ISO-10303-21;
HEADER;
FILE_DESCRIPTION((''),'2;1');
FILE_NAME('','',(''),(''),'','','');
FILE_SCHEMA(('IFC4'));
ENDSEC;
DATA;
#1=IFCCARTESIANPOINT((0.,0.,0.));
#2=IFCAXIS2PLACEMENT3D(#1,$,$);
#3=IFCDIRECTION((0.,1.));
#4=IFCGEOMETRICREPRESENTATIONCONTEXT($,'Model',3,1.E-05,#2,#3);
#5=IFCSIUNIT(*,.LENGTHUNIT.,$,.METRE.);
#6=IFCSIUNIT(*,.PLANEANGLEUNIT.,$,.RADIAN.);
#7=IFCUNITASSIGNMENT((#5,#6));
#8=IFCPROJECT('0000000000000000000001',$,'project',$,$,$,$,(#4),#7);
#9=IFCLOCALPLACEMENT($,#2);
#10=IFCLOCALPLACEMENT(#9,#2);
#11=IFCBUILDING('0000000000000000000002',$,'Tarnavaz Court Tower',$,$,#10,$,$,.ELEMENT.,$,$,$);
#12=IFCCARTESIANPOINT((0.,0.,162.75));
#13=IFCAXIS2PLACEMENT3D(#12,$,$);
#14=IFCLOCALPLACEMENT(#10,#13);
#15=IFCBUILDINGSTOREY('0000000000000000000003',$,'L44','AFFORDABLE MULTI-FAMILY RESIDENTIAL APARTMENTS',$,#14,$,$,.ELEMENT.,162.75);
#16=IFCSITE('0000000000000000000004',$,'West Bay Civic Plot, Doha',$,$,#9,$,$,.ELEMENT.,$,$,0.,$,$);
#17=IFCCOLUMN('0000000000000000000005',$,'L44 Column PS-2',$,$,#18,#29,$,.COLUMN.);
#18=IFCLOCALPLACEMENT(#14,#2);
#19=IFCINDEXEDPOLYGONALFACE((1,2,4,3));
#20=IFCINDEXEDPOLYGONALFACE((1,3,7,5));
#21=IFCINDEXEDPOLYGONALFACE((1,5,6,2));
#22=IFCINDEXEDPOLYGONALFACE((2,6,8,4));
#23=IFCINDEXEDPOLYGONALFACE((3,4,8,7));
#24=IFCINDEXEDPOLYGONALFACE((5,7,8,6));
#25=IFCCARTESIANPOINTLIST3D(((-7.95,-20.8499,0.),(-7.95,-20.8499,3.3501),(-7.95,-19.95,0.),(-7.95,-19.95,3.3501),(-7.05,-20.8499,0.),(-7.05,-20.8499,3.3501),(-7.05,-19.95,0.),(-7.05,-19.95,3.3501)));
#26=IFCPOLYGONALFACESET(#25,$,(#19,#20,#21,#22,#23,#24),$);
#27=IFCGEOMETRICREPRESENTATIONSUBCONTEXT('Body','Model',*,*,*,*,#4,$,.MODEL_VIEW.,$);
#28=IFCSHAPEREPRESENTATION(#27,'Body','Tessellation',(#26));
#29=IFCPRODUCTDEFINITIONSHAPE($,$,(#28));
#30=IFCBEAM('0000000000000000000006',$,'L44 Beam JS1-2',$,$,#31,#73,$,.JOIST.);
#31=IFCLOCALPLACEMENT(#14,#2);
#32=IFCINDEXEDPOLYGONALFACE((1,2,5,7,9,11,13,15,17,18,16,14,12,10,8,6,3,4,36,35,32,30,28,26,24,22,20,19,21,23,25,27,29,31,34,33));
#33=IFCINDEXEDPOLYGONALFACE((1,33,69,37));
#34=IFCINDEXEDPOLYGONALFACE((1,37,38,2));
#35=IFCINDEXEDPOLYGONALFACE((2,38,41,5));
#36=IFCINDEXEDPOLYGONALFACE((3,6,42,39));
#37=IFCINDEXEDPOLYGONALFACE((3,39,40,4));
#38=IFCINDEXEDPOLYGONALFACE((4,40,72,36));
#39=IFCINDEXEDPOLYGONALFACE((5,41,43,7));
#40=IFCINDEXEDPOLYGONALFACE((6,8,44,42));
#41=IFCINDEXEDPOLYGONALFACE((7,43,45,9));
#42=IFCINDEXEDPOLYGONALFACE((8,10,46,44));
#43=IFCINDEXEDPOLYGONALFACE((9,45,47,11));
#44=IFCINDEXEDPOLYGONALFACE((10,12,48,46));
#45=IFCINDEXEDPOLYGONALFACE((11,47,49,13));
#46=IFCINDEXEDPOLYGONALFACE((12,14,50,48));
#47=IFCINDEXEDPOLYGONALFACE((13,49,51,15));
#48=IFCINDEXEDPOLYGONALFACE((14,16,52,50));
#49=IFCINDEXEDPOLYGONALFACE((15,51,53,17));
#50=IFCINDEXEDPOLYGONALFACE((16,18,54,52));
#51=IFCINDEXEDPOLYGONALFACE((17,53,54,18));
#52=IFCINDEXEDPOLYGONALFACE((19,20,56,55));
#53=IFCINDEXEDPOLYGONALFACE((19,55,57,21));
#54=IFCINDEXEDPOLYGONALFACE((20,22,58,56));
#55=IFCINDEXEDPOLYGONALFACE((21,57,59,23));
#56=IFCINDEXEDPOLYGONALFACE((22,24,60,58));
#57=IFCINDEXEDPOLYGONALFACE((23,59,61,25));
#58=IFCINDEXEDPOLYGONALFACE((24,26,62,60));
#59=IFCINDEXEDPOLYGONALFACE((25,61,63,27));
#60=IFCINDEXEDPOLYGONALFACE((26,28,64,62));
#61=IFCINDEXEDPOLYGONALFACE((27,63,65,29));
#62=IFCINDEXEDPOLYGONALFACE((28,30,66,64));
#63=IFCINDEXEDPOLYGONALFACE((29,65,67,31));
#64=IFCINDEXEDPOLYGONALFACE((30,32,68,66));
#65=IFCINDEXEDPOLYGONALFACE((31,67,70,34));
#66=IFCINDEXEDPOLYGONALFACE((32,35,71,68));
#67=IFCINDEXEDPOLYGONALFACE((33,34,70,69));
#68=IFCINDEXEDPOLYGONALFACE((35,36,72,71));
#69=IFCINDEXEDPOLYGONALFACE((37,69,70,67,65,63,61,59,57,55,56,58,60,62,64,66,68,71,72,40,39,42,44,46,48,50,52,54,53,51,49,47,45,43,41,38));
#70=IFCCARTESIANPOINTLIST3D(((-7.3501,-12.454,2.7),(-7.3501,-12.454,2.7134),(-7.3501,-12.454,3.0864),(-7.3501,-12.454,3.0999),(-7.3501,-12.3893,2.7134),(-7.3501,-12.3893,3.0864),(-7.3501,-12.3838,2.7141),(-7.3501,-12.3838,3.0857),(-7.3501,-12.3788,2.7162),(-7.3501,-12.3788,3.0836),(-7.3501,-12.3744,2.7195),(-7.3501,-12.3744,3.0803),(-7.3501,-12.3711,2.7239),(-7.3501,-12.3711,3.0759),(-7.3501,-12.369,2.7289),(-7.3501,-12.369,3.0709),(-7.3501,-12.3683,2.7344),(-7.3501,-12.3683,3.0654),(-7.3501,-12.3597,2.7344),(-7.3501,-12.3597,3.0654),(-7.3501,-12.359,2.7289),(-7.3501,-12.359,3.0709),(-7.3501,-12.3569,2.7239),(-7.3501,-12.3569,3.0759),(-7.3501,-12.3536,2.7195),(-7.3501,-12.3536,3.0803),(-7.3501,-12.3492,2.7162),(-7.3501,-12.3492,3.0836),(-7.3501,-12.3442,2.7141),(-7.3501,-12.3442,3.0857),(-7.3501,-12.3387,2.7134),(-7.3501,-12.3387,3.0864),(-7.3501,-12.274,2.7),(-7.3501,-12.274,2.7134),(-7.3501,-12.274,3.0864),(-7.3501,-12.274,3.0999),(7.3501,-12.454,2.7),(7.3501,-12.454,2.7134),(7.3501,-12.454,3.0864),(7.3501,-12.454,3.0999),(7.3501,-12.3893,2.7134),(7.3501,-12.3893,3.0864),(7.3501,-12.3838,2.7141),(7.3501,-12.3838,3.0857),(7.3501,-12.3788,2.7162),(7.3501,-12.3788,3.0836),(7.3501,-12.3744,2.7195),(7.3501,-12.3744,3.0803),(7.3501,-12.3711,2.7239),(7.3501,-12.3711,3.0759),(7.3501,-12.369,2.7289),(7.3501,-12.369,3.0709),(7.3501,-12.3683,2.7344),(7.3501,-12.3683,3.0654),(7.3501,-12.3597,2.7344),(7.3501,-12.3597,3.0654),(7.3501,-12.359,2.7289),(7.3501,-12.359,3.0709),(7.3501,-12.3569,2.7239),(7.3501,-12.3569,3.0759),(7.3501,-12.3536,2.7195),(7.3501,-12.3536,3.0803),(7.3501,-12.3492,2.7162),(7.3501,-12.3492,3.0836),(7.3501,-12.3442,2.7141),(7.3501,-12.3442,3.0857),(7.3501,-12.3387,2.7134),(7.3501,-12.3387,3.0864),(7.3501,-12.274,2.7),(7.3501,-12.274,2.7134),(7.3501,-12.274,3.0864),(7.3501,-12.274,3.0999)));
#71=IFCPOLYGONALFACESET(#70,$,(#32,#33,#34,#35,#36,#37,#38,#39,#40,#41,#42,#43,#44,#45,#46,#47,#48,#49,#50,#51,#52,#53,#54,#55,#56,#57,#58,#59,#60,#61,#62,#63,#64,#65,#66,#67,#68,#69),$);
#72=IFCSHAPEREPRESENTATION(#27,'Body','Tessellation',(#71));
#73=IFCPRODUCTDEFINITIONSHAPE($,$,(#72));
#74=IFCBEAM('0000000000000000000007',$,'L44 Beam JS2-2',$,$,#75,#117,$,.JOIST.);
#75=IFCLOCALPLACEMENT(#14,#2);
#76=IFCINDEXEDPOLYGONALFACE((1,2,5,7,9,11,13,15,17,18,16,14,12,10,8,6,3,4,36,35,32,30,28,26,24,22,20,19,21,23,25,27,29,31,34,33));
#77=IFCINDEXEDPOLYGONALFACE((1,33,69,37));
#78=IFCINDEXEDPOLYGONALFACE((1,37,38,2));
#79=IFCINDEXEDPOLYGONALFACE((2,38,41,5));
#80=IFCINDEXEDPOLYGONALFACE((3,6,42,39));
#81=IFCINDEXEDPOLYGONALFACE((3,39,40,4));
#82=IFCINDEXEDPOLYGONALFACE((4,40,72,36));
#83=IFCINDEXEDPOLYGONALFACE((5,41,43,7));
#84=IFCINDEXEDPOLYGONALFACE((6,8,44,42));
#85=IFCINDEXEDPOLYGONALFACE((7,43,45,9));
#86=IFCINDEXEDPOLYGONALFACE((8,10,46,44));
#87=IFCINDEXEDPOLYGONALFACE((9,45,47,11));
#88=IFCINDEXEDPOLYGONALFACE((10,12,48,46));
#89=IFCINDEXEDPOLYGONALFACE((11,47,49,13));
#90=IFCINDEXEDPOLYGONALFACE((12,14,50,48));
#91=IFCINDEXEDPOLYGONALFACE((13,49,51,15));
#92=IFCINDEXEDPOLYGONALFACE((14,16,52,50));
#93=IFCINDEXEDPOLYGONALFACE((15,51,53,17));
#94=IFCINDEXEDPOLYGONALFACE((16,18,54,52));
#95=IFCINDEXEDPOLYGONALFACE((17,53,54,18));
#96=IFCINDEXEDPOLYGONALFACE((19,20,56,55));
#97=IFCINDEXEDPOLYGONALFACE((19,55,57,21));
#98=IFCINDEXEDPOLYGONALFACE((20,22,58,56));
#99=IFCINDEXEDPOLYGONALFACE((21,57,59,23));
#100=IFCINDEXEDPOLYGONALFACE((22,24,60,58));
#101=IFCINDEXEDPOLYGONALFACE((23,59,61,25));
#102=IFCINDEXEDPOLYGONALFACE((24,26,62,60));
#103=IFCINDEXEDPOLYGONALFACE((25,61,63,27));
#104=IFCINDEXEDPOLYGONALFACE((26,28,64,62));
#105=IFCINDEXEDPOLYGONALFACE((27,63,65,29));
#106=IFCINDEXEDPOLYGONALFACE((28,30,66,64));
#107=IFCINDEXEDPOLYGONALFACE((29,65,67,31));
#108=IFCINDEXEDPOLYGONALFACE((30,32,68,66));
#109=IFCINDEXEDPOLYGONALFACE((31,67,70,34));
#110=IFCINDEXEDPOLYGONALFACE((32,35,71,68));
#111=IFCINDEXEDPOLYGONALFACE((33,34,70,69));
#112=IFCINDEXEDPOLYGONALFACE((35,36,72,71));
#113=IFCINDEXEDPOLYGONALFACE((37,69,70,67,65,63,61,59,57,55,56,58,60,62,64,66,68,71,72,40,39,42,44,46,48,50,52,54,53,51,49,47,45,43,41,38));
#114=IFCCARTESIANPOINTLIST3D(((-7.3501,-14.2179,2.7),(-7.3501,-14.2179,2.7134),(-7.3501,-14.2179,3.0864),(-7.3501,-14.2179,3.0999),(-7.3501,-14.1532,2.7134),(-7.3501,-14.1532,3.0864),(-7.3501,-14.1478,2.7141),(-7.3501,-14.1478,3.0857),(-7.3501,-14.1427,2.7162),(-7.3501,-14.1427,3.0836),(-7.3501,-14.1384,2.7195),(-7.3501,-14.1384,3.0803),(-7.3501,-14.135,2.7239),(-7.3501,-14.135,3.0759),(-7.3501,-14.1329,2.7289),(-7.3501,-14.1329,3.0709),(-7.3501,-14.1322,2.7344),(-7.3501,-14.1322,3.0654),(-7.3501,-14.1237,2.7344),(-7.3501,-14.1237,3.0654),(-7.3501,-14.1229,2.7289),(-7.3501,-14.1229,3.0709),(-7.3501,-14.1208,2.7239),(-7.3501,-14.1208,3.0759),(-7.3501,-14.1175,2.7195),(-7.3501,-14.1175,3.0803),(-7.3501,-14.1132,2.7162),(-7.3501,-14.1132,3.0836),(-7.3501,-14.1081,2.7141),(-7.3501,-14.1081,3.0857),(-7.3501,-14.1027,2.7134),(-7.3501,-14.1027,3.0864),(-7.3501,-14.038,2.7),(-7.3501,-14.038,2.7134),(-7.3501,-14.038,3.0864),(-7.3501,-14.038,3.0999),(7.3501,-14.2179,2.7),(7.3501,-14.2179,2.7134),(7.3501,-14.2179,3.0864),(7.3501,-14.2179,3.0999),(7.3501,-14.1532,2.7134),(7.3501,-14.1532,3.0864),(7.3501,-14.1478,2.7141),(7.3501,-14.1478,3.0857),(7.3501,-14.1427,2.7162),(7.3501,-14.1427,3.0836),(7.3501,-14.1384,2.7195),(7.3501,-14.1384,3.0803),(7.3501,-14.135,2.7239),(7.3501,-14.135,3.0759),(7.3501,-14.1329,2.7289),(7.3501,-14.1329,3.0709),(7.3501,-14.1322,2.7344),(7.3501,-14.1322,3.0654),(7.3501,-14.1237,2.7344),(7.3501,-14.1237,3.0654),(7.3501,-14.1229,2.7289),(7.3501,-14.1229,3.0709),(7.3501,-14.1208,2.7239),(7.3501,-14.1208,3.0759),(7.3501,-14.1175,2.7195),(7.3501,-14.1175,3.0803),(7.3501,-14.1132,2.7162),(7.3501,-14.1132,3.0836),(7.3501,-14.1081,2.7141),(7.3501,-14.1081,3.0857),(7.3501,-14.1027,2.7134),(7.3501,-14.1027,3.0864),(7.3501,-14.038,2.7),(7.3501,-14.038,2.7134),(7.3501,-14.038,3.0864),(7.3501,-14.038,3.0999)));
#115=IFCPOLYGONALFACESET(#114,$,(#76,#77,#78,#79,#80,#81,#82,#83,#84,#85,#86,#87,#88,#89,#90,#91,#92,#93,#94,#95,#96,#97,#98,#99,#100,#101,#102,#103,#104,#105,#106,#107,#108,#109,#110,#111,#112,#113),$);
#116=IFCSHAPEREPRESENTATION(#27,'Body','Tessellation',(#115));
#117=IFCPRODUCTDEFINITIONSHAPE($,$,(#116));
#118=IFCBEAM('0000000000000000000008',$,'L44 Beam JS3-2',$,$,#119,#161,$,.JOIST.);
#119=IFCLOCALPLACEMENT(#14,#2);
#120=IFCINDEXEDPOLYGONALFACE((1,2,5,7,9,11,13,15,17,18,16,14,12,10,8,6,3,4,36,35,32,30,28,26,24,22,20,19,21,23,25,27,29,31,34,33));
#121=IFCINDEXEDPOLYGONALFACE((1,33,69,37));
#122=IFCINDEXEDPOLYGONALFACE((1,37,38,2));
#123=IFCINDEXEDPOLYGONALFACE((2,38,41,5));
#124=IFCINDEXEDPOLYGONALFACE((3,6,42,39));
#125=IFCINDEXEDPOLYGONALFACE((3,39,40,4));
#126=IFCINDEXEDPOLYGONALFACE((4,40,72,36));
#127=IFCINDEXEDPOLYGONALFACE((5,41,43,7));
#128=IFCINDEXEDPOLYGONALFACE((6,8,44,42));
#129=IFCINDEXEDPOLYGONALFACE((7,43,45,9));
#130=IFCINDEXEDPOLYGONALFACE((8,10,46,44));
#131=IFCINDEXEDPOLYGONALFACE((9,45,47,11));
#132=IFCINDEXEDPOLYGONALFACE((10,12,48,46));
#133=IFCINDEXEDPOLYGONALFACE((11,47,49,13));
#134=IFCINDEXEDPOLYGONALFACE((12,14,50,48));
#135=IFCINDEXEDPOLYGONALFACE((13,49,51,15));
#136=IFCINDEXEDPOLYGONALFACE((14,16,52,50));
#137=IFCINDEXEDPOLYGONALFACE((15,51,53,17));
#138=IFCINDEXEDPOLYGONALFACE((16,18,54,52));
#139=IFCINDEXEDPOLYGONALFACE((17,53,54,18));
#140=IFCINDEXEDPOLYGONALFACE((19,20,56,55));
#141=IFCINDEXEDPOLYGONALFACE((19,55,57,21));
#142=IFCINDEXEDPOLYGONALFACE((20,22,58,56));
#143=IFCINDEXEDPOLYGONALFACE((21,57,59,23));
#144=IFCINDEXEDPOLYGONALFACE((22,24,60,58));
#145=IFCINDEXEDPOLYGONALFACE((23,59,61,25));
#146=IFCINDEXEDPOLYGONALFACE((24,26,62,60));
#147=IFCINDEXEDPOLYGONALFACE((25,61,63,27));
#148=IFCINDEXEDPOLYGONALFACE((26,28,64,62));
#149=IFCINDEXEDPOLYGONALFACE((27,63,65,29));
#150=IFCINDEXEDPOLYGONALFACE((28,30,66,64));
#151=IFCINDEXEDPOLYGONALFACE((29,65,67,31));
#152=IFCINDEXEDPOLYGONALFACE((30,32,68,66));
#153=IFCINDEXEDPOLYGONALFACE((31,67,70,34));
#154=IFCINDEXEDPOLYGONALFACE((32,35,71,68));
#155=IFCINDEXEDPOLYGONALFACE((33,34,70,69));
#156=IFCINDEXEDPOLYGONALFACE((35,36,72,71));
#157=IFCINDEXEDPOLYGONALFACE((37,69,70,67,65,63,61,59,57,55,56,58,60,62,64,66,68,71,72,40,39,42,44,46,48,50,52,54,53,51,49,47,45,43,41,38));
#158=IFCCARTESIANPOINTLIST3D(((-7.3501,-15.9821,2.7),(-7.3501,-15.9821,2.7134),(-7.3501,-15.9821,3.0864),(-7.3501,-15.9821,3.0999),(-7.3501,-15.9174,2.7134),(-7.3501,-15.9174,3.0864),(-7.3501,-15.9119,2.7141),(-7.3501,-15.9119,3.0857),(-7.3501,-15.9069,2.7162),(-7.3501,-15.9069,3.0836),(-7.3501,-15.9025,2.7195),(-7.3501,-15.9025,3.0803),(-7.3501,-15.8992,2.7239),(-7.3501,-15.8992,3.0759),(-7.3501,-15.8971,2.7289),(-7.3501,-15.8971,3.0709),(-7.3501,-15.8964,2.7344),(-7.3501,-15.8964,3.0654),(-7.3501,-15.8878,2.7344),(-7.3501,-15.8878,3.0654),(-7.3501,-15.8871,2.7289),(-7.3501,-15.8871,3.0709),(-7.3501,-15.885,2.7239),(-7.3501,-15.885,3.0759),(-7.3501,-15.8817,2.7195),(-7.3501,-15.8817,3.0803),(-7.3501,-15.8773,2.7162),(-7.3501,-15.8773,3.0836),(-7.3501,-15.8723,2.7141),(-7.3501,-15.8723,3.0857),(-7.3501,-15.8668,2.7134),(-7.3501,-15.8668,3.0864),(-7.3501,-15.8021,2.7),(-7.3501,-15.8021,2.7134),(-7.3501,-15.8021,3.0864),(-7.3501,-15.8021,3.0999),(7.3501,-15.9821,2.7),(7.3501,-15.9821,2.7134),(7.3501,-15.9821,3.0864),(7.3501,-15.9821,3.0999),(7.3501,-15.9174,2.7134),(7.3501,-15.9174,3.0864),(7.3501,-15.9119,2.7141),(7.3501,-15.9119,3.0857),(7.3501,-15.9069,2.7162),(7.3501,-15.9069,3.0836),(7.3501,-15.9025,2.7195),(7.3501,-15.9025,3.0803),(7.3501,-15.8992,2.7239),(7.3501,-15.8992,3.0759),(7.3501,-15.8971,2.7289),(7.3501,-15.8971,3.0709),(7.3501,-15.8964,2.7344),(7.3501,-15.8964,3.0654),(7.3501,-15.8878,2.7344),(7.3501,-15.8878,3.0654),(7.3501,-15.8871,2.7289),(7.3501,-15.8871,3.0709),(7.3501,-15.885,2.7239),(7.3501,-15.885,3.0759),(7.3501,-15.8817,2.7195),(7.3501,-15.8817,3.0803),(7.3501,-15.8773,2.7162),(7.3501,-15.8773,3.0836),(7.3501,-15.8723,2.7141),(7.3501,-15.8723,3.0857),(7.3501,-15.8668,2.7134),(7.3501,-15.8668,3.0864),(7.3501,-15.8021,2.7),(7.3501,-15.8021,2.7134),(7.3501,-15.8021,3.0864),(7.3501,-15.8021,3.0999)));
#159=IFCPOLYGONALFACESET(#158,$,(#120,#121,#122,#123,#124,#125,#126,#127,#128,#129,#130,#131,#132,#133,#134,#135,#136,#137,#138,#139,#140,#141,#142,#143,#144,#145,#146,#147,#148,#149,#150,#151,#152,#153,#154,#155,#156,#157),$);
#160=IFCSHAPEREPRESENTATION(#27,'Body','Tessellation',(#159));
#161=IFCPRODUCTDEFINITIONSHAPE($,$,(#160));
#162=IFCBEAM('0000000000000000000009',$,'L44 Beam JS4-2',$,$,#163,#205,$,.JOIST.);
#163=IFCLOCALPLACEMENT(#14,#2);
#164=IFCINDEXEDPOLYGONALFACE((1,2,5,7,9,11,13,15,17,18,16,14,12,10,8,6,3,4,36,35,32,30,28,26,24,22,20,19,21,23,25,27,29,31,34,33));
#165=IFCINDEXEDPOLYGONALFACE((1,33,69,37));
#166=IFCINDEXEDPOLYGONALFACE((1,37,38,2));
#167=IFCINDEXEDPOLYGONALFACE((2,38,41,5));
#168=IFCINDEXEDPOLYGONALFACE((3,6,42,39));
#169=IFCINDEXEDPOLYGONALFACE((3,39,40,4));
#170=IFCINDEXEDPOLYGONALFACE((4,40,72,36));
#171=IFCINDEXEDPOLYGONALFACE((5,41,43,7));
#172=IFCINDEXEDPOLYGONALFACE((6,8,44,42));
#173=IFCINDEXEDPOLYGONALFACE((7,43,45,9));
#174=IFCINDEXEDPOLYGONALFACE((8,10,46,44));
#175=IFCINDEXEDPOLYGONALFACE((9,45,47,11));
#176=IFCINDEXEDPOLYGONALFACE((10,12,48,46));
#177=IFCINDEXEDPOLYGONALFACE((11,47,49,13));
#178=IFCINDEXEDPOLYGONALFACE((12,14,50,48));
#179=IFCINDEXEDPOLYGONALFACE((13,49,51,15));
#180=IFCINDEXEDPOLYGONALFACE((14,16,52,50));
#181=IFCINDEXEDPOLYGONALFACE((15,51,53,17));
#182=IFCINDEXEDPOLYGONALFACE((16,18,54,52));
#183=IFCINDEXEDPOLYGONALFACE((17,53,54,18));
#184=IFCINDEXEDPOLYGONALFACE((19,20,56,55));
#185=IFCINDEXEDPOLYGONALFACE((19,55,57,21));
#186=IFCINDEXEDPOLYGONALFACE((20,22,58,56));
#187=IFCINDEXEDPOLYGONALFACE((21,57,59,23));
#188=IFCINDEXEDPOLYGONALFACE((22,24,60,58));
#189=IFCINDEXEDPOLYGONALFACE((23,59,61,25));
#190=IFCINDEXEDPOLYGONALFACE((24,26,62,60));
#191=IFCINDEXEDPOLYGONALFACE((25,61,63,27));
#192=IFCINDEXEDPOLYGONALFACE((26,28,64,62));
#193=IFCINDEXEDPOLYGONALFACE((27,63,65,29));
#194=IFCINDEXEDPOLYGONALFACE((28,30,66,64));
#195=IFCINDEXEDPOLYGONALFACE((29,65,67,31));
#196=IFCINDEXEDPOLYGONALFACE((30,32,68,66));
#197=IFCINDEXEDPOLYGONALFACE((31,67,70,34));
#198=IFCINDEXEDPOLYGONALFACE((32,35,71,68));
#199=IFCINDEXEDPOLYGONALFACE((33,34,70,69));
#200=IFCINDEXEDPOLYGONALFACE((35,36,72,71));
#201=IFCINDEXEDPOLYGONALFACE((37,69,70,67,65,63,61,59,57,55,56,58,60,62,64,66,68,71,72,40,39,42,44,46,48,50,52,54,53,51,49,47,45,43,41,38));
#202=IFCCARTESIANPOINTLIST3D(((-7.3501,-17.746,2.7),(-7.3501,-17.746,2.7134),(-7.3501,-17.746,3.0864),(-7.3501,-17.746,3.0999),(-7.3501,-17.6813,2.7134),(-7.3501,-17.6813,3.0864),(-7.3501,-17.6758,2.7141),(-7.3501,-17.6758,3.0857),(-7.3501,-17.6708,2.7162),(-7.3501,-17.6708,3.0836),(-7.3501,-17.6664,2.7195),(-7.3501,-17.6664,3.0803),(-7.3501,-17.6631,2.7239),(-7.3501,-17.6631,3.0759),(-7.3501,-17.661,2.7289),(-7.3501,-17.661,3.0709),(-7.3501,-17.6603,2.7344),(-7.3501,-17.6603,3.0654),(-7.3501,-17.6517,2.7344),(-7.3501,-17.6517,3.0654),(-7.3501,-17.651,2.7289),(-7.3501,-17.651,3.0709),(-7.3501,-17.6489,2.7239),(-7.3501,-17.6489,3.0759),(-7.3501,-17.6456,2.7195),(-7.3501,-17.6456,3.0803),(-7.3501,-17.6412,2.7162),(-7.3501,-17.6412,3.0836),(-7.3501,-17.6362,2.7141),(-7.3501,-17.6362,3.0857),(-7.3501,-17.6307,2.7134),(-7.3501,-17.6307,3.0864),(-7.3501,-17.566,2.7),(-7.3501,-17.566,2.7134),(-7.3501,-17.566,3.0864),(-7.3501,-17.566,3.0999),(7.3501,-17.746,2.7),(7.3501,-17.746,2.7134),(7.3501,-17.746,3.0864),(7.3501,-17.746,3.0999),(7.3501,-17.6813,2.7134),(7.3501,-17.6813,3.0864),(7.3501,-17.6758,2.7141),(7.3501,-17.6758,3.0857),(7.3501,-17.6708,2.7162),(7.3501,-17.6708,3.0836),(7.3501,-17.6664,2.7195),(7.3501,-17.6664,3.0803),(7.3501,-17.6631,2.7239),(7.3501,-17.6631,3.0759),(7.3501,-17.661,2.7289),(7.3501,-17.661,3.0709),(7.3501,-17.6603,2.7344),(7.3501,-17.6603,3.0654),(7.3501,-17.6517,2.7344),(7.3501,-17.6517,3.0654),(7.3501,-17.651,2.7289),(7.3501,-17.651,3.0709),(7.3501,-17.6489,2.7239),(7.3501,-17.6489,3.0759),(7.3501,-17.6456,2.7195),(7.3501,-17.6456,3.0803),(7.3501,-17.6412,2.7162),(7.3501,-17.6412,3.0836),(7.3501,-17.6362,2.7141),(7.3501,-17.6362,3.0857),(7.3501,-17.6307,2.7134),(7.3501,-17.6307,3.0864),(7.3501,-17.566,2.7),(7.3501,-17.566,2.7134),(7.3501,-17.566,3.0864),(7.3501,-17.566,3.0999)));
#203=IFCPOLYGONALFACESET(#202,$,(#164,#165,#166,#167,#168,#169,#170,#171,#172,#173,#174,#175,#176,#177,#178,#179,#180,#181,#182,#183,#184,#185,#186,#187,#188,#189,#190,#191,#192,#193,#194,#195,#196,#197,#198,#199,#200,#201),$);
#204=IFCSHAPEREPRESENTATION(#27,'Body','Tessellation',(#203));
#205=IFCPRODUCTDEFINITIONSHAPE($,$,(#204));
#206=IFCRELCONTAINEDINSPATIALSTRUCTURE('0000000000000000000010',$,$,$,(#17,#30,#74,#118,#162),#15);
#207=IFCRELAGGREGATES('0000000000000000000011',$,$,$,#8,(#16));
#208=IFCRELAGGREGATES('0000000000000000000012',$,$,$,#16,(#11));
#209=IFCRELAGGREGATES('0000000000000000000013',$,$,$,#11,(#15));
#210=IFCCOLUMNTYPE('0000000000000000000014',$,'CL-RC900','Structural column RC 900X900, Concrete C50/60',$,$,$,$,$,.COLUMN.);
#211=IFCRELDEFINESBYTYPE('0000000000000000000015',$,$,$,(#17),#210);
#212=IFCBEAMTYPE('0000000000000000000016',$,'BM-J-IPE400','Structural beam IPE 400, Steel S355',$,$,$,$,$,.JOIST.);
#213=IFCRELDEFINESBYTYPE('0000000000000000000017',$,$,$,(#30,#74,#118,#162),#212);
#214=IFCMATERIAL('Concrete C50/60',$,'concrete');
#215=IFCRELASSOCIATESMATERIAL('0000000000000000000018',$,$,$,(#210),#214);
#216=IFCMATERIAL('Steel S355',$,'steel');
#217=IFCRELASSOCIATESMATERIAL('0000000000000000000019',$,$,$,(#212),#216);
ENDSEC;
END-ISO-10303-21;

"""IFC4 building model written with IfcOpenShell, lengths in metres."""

from ifc_helpers import new_model, si_unit, direction, frame, origin, origin_2d, place, context, subcontext, project, spatial, rectangle, i_section, extrude, material, material_profile, profile_set, type_object, element, save


model = new_model("IFC4")

# Units and contexts
model_context = context("Model", 3, precision=1e-05, world=origin(), true_north=direction((0.0, 1.0)))
body_context = subcontext(model_context, "Body", "Model", "MODEL_VIEW")
ifc_project = project(units=[si_unit("LENGTHUNIT", "METRE"), si_unit("PLANEANGLEUNIT", "RADIAN")], contexts=[model_context])

# Site, building, storey
site_placement = place(None, origin())
site = spatial("IfcSite", under=ifc_project, at=site_placement, Name="West Bay Civic Plot, Doha", CompositionType="ELEMENT", RefElevation=0.0)
building_placement = place(site_placement, origin())
building = spatial("IfcBuilding", under=site, at=building_placement, Name="Tarnavaz Court Tower", CompositionType="ELEMENT")
storey_placement = place(building_placement, frame((0.0, 0.0, 162.75)))
storey = spatial("IfcBuildingStorey", under=building, at=storey_placement, Name="L44", Description="AFFORDABLE MULTI-FAMILY RESIDENTIAL APARTMENTS", CompositionType="ELEMENT", Elevation=162.75)

# Column
ifc_material_1 = material(Name="Concrete C50/60", Category="concrete")
ifc_material_profile_1 = material_profile(ifc_material_1, rectangle(XDim=0.8999, YDim=0.8999, at=origin_2d()), Name="RC 900X900")
ifc_profile_set_1 = profile_set([ifc_material_profile_1], Name="Concrete C50/60")
column_type = type_object("IfcColumnType", Name="CL-RC900", Description="Structural column RC 900X900, Concrete C50/60", PredefinedType="COLUMN", material=ifc_profile_set_1)
column_placement = place(storey_placement, frame((-7.5, -20.3999, 0.0), z_axis=(0.0, 0.0, 1.0), x_axis=(1.0, 0.0, 0.0)))
element("IfcColumn", 1, at=column_placement, inside=storey, type_object=column_type, Name="L44 Column PS-2", PredefinedType="COLUMN", context=body_context, shape_type="SweptSolid", body=[
    extrude(rectangle(XDim=0.8999, YDim=0.8999, at=origin_2d()), origin(), (0.0, 0.0, 1.0), 3.3501),
])

# Beams
ifc_material_2 = material(Name="Steel S355", Category="steel")
ifc_material_profile_2 = material_profile(ifc_material_2, i_section(OverallWidth=0.1799, OverallDepth=0.3999, WebThickness=0.0085, FlangeThickness=0.0134, FilletRadius=0.021, at=origin_2d()), Name="IPE 400")
ifc_profile_set_2 = profile_set([ifc_material_profile_2], Name="Steel S355")
beam_type_1 = type_object("IfcBeamType", Name="BM-J-IPE400", Description="Structural beam IPE 400, Steel S355", PredefinedType="JOIST", material=ifc_profile_set_2)
for number, where, z_axis, x_axis, name in (
    (2, (-7.3501, -12.364, 2.8999), (1.0, 0.0, 0.0), (0.0, 1.0, 0.0), "L44 Beam JS1-2"),
    (3, (-7.3501, -14.1279, 2.8999), (1.0, 0.0, 0.0), (0.0, 1.0, 0.0), "L44 Beam JS2-2"),
    (4, (-7.3501, -15.8921, 2.8999), (1.0, 0.0, 0.0), (0.0, 1.0, 0.0), "L44 Beam JS3-2"),
    (5, (-7.3501, -17.656, 2.8999), (1.0, 0.0, 0.0), (0.0, 1.0, 0.0), "L44 Beam JS4-2"),
):
    element("IfcBeam", number, at=place(storey_placement, frame(where, z_axis=z_axis, x_axis=x_axis)), inside=storey, type_object=beam_type_1, Name=name, PredefinedType="JOIST", context=body_context, shape_type="SweptSolid", body=[
        extrude(i_section(OverallWidth=0.1799, OverallDepth=0.3999, WebThickness=0.0085, FlangeThickness=0.0134, FilletRadius=0.021, at=origin_2d()), origin(), (0.0, 0.0, 1.0), 14.7002),
    ])

save(model, "model.ifc")
